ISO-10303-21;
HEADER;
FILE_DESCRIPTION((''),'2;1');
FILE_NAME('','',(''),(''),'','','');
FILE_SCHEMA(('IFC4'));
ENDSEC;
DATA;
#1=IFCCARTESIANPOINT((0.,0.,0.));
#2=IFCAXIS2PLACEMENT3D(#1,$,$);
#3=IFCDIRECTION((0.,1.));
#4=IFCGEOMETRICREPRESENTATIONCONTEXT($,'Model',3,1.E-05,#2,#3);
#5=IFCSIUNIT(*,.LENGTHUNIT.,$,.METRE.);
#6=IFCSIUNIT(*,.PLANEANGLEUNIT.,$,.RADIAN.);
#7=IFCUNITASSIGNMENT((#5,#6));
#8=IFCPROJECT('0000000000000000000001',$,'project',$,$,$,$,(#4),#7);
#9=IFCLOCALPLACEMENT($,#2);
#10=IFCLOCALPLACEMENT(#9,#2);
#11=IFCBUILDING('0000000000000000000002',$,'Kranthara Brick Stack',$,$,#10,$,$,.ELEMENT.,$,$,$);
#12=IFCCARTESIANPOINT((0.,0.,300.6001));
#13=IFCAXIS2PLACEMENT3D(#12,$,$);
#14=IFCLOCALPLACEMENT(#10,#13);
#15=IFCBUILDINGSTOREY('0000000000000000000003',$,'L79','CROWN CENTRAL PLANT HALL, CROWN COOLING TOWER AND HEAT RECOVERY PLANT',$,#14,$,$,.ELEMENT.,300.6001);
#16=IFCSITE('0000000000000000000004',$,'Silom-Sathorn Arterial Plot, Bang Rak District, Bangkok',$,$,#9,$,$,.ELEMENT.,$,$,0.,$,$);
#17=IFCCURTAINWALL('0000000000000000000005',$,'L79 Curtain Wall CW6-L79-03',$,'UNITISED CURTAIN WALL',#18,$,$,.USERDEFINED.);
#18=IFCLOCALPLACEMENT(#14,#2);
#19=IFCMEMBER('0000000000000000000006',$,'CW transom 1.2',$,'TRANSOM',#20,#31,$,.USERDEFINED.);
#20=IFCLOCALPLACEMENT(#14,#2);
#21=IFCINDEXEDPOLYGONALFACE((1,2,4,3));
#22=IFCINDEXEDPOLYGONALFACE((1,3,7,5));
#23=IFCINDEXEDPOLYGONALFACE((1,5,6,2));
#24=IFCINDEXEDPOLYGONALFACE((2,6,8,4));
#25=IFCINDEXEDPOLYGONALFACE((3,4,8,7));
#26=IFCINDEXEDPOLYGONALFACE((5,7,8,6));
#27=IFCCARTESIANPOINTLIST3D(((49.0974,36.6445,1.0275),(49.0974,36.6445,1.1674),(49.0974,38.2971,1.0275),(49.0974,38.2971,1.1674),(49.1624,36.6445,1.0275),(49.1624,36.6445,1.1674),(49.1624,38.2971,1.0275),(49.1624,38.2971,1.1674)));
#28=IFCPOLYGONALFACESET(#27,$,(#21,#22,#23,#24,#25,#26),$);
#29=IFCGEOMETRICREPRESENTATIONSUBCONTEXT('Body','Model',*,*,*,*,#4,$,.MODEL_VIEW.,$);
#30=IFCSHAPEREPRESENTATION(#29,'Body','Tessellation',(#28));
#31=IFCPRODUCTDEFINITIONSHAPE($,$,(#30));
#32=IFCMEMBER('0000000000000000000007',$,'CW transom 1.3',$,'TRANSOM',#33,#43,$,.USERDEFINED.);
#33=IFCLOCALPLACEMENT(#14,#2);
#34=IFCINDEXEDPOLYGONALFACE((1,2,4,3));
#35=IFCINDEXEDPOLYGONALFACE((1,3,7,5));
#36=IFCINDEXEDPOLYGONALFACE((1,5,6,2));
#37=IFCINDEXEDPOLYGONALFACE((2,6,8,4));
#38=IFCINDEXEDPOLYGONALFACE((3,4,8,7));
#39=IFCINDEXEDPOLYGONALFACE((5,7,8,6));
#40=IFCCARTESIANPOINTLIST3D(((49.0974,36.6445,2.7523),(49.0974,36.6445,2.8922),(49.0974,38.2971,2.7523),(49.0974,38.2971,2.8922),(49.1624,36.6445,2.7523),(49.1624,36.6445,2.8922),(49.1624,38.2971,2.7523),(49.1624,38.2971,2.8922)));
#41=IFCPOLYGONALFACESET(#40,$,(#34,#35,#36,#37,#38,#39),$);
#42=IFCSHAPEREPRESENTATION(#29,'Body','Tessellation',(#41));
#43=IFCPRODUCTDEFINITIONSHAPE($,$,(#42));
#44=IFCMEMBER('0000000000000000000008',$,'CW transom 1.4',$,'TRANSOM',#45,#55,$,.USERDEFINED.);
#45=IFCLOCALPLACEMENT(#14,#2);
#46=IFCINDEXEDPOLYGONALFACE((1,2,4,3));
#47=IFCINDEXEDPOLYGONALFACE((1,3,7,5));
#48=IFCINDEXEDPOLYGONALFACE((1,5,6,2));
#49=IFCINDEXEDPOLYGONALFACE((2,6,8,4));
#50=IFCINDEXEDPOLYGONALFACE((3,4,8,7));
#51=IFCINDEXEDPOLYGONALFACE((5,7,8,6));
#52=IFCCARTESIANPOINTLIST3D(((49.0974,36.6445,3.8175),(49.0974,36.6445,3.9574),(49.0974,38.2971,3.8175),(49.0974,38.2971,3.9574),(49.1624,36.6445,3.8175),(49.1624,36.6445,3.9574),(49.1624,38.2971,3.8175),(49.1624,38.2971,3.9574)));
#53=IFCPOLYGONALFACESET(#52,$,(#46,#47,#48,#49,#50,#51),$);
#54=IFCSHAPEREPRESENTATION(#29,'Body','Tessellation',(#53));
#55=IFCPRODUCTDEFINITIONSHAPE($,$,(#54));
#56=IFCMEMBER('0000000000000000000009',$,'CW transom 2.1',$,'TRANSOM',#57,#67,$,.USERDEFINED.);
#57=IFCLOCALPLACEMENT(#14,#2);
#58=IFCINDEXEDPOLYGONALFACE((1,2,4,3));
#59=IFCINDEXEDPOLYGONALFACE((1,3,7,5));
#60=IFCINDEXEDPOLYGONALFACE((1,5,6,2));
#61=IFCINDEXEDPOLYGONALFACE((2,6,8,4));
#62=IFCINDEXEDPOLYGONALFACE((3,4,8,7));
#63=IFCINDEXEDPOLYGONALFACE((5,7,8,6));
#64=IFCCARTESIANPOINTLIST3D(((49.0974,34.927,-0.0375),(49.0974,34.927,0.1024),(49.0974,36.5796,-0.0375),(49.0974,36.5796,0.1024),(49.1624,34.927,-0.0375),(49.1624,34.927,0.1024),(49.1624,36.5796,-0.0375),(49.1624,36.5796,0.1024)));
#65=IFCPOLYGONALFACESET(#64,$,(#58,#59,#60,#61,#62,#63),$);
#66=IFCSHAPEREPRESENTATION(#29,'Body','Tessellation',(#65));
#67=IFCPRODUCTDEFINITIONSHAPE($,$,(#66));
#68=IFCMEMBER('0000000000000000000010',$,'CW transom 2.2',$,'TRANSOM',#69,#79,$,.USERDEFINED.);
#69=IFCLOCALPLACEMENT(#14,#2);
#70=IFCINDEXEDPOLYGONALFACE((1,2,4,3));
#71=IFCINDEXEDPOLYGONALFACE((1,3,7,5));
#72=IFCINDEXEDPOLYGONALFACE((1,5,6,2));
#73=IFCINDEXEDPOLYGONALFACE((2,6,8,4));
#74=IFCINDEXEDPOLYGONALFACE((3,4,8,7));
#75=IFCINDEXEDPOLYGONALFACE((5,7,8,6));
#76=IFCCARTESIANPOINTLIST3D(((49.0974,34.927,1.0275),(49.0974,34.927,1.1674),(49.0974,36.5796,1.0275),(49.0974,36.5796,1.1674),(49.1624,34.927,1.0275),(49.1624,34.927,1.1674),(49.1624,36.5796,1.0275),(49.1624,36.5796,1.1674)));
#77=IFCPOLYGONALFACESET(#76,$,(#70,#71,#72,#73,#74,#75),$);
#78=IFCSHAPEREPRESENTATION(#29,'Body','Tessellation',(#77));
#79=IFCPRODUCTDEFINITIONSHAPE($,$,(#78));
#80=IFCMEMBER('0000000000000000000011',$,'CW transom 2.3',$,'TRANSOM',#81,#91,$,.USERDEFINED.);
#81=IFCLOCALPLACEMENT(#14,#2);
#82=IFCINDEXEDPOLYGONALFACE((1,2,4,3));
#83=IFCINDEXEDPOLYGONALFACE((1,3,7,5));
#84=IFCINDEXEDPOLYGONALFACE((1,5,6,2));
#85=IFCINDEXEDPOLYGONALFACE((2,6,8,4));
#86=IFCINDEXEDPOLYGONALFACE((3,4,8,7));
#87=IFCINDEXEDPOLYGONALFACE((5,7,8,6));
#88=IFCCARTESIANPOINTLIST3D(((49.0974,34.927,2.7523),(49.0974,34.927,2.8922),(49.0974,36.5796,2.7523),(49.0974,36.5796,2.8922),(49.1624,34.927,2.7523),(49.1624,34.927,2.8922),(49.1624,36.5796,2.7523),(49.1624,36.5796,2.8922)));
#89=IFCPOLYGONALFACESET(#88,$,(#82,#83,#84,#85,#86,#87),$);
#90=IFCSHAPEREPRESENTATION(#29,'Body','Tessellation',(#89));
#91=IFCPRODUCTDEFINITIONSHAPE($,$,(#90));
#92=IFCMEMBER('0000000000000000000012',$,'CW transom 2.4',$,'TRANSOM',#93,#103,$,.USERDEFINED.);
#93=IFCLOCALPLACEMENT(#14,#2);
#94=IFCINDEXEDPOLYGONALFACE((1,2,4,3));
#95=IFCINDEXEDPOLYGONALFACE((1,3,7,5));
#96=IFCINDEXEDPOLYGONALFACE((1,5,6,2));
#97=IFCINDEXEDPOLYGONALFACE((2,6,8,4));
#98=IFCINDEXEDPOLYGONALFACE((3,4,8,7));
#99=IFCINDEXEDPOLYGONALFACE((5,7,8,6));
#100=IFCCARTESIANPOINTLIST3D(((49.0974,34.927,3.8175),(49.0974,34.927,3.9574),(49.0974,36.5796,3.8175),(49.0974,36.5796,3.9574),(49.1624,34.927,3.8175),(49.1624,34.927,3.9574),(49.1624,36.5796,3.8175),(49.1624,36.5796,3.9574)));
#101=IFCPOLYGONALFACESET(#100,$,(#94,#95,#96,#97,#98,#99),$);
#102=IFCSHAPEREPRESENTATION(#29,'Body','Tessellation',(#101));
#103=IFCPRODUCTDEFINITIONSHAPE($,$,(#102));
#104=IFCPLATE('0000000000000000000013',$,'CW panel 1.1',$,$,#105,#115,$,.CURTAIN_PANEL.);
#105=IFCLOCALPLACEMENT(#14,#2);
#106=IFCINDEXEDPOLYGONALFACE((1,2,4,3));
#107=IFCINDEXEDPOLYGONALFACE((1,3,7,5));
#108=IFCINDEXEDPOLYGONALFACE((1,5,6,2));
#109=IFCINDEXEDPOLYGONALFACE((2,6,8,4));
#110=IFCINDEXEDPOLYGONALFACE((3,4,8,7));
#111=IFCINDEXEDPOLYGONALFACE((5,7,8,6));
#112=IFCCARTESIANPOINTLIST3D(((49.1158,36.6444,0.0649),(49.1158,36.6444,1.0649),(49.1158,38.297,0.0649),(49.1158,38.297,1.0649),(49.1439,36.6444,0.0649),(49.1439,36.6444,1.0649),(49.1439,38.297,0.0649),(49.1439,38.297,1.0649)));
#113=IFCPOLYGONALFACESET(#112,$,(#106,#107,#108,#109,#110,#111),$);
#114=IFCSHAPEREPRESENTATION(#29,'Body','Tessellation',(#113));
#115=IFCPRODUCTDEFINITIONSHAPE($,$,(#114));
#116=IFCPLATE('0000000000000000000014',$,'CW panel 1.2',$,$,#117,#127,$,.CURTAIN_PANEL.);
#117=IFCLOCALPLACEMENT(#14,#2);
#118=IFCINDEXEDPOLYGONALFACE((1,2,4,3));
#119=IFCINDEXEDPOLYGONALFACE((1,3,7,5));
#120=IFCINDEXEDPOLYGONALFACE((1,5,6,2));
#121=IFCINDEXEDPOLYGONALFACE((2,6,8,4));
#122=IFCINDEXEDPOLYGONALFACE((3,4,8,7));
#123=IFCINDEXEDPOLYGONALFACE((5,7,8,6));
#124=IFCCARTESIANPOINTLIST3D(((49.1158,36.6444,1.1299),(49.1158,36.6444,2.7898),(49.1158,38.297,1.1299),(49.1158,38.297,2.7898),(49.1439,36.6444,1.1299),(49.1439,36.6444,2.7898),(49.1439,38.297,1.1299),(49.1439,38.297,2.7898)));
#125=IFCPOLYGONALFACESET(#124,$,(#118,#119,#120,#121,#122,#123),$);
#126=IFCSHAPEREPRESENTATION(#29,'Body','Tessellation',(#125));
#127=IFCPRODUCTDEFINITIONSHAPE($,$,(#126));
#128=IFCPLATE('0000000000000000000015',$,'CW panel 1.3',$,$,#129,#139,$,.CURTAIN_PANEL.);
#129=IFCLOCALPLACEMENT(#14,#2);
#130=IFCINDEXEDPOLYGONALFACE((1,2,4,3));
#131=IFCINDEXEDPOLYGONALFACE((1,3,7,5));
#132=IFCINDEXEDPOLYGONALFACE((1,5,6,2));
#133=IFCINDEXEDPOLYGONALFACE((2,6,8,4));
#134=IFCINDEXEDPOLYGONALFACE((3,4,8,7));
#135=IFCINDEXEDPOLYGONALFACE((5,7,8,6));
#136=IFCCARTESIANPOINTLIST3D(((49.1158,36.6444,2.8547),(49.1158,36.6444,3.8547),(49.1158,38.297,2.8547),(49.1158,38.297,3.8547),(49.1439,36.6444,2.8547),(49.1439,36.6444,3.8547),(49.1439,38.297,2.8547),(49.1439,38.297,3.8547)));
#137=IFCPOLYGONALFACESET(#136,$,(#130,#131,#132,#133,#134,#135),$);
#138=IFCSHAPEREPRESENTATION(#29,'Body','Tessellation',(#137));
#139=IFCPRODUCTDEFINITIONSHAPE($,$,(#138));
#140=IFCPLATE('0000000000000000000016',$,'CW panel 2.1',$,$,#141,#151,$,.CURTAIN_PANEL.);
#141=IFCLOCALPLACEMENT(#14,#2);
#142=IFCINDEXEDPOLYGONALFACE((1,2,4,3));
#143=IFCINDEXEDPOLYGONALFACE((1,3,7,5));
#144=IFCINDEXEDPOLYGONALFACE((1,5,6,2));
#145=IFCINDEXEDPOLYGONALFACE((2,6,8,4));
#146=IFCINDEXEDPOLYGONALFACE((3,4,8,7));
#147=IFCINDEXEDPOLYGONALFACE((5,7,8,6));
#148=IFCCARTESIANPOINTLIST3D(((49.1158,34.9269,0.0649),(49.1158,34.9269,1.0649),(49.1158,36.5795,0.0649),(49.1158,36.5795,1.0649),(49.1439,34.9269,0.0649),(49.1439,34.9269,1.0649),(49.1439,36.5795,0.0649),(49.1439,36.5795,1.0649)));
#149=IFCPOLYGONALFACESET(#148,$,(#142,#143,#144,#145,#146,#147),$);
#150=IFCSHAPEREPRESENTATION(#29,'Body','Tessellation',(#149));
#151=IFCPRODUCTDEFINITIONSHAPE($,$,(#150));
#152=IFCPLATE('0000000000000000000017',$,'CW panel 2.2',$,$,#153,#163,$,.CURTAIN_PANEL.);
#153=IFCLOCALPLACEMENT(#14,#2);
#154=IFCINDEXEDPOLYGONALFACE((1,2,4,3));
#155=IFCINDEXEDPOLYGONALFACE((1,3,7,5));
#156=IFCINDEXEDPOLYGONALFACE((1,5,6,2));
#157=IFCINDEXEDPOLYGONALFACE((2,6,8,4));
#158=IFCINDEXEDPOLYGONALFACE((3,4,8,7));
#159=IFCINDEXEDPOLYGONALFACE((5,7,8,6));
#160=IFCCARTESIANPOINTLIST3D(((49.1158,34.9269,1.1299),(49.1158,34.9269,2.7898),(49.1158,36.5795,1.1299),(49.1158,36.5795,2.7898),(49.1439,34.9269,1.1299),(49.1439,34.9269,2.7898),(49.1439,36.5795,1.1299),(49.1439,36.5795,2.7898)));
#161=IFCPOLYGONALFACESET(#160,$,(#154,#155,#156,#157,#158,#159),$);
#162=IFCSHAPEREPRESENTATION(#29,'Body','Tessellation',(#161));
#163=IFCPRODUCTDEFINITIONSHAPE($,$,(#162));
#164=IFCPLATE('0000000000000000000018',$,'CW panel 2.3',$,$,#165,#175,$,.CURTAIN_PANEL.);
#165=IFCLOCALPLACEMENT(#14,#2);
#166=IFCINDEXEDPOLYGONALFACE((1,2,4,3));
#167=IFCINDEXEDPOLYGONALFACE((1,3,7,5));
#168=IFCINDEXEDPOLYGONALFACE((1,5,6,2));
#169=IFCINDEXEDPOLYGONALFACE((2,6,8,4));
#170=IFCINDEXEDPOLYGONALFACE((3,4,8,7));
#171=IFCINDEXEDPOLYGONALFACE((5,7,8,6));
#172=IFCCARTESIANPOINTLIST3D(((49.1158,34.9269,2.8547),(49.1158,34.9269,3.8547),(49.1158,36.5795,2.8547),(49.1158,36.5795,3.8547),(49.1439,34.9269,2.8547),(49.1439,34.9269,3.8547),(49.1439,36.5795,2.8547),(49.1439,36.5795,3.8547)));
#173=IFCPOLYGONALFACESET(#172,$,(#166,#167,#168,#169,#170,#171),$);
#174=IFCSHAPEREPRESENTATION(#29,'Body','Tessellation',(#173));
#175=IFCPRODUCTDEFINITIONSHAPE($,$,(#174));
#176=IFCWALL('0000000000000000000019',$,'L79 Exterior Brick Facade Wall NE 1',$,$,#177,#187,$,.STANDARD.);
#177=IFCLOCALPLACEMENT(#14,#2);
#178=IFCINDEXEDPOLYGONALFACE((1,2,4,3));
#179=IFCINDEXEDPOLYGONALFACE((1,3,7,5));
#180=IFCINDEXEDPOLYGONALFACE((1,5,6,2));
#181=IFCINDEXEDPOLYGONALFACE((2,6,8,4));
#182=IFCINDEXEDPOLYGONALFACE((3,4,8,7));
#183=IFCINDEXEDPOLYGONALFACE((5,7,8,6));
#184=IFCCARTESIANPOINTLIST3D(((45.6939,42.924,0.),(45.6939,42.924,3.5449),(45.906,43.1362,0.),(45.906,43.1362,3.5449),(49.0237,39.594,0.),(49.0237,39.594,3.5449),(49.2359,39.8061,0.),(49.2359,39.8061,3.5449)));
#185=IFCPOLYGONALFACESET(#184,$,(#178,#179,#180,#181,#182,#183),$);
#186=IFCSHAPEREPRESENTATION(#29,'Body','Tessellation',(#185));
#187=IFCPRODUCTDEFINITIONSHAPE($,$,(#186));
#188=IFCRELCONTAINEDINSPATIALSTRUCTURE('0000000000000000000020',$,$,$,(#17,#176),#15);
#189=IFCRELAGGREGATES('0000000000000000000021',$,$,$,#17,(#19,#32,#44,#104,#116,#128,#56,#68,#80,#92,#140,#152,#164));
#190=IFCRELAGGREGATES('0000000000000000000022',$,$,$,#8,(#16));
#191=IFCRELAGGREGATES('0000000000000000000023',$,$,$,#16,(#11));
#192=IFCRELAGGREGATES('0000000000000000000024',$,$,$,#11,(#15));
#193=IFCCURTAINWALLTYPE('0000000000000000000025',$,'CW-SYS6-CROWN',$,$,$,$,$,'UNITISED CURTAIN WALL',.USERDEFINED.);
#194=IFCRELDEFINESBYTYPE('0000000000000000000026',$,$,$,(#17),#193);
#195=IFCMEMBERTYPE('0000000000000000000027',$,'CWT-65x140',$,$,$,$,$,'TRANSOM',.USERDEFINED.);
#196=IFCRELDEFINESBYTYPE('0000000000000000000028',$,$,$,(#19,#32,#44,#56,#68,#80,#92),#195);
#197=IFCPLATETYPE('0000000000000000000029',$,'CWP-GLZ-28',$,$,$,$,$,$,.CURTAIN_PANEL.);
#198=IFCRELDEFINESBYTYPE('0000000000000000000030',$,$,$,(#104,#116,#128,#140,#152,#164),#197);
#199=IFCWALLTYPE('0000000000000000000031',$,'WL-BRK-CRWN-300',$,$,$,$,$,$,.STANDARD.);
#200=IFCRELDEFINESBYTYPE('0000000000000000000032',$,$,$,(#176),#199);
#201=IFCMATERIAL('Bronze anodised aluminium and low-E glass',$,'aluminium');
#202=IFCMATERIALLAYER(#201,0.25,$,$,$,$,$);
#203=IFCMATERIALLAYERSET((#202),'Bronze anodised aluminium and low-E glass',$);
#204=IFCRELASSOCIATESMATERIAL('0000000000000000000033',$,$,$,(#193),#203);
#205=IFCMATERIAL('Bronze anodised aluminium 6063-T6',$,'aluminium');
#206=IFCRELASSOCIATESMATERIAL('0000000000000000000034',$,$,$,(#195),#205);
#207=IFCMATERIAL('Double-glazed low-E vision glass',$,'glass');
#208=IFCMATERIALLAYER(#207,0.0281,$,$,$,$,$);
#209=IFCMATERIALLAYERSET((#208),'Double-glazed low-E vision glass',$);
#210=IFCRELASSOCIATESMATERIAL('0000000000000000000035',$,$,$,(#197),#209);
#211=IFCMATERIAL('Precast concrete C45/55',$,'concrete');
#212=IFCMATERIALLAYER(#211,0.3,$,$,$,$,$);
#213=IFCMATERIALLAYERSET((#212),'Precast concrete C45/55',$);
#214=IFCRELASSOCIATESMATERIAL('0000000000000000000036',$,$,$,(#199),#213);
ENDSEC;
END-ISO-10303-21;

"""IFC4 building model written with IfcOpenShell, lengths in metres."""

from ifc_helpers import new_model, si_unit, direction, frame, frame_2d, origin, origin_2d, place, context, subcontext, project, spatial, rectangle, extrude, material, layer, layer_set, material_profile, profile_set, type_object, element, aggregate, save


model = new_model("IFC4")

# Units and contexts
model_context = context("Model", 3, precision=1e-05, world=origin(), true_north=direction((0.0, 1.0)))
body_context = subcontext(model_context, "Body", "Model", "MODEL_VIEW")
ifc_project = project(units=[si_unit("LENGTHUNIT", "METRE"), si_unit("PLANEANGLEUNIT", "RADIAN")], contexts=[model_context])

# Site, building, storey
site_placement = place(None, origin())
site = spatial("IfcSite", under=ifc_project, at=site_placement, Name="Silom-Sathorn Arterial Plot, Bang Rak District, Bangkok", CompositionType="ELEMENT", RefElevation=0.0)
building_placement = place(site_placement, origin())
building = spatial("IfcBuilding", under=site, at=building_placement, Name="Kranthara Brick Stack", CompositionType="ELEMENT")
storey_placement = place(building_placement, frame((0.0, 0.0, 300.6001)))
storey = spatial("IfcBuildingStorey", under=building, at=storey_placement, Name="L79", Description="CROWN CENTRAL PLANT HALL, CROWN COOLING TOWER AND HEAT RECOVERY PLANT", CompositionType="ELEMENT", Elevation=300.6001)

# Curtain wall, members, plates
ifc_material_1 = material(Name="Bronze anodised aluminium and low-E glass", Category="aluminium")
ifc_layer_1 = layer(ifc_material_1, 0.25)
ifc_layer_set_1 = layer_set([ifc_layer_1], Name="Bronze anodised aluminium and low-E glass")
curtain_wall_type = type_object("IfcCurtainWallType", Name="CW-SYS6-CROWN", ElementType="UNITISED CURTAIN WALL", PredefinedType="USERDEFINED", material=ifc_layer_set_1)
curtain_wall_placement = place(storey_placement, origin())
curtain_wall = element("IfcCurtainWall", 1, at=curtain_wall_placement, inside=storey, type_object=curtain_wall_type, Name="L79 Curtain Wall CW6-L79-03", ObjectType="UNITISED CURTAIN WALL", PredefinedType="USERDEFINED")
ifc_material_2 = material(Name="Bronze anodised aluminium 6063-T6", Category="aluminium")
ifc_material_profile_1 = material_profile(ifc_material_2, rectangle(XDim=0.0649, YDim=0.1399, at=origin_2d()), Name="ALU TRANSOM 65x140")
ifc_profile_set_1 = profile_set([ifc_material_profile_1], Name="Bronze anodised aluminium 6063-T6")
member_type_1 = type_object("IfcMemberType", Name="CWT-65x140", ElementType="TRANSOM", PredefinedType="USERDEFINED", material=ifc_profile_set_1)
member_1_placement = place(storey_placement, frame((49.1299, 38.2971, 1.0974), z_axis=(0.0, -1.0, 0.0), x_axis=(1.0, 0.0, 0.0)))
member_1 = element("IfcMember", 2, at=member_1_placement, type_object=member_type_1, Name="CW transom 1.2", ObjectType="TRANSOM", PredefinedType="USERDEFINED", context=body_context, shape_type="SweptSolid", body=[
    extrude(rectangle(XDim=0.0649, YDim=0.1399, at=origin_2d()), origin(), (0.0, 0.0, 1.0), 1.6526),
])
member_2_placement = place(storey_placement, frame((49.1299, 38.2971, 2.8223), z_axis=(0.0, -1.0, 0.0), x_axis=(1.0, 0.0, 0.0)))
member_2 = element("IfcMember", 3, at=member_2_placement, type_object=member_type_1, Name="CW transom 1.3", ObjectType="TRANSOM", PredefinedType="USERDEFINED", context=body_context, shape_type="SweptSolid", body=[
    extrude(rectangle(XDim=0.0649, YDim=0.1399, at=origin_2d()), origin(), (0.0, 0.0, 1.0), 1.6526),
])
member_3_placement = place(storey_placement, frame((49.1299, 38.2971, 3.8875), z_axis=(0.0, -1.0, 0.0), x_axis=(1.0, 0.0, 0.0)))
member_3 = element("IfcMember", 4, at=member_3_placement, type_object=member_type_1, Name="CW transom 1.4", ObjectType="TRANSOM", PredefinedType="USERDEFINED", context=body_context, shape_type="SweptSolid", body=[
    extrude(rectangle(XDim=0.0649, YDim=0.1399, at=origin_2d()), origin(), (0.0, 0.0, 1.0), 1.6526),
])
member_4_placement = place(storey_placement, frame((49.1299, 36.5796, 0.0325), z_axis=(0.0, -1.0, 0.0), x_axis=(1.0, 0.0, 0.0)))
member_4 = element("IfcMember", 5, at=member_4_placement, type_object=member_type_1, Name="CW transom 2.1", ObjectType="TRANSOM", PredefinedType="USERDEFINED", context=body_context, shape_type="SweptSolid", body=[
    extrude(rectangle(XDim=0.0649, YDim=0.1399, at=origin_2d()), origin(), (0.0, 0.0, 1.0), 1.6526),
])
member_5_placement = place(storey_placement, frame((49.1299, 36.5796, 1.0974), z_axis=(0.0, -1.0, 0.0), x_axis=(1.0, 0.0, 0.0)))
member_5 = element("IfcMember", 6, at=member_5_placement, type_object=member_type_1, Name="CW transom 2.2", ObjectType="TRANSOM", PredefinedType="USERDEFINED", context=body_context, shape_type="SweptSolid", body=[
    extrude(rectangle(XDim=0.0649, YDim=0.1399, at=origin_2d()), origin(), (0.0, 0.0, 1.0), 1.6526),
])
member_6_placement = place(storey_placement, frame((49.1299, 36.5796, 2.8223), z_axis=(0.0, -1.0, 0.0), x_axis=(1.0, 0.0, 0.0)))
member_6 = element("IfcMember", 7, at=member_6_placement, type_object=member_type_1, Name="CW transom 2.3", ObjectType="TRANSOM", PredefinedType="USERDEFINED", context=body_context, shape_type="SweptSolid", body=[
    extrude(rectangle(XDim=0.0649, YDim=0.1399, at=origin_2d()), origin(), (0.0, 0.0, 1.0), 1.6526),
])
member_7_placement = place(storey_placement, frame((49.1299, 36.5796, 3.8875), z_axis=(0.0, -1.0, 0.0), x_axis=(1.0, 0.0, 0.0)))
member_7 = element("IfcMember", 8, at=member_7_placement, type_object=member_type_1, Name="CW transom 2.4", ObjectType="TRANSOM", PredefinedType="USERDEFINED", context=body_context, shape_type="SweptSolid", body=[
    extrude(rectangle(XDim=0.0649, YDim=0.1399, at=origin_2d()), origin(), (0.0, 0.0, 1.0), 1.6526),
])
ifc_material_3 = material(Name="Double-glazed low-E vision glass", Category="glass")
ifc_layer_2 = layer(ifc_material_3, 0.0281)
ifc_layer_set_2 = layer_set([ifc_layer_2], Name="Double-glazed low-E vision glass")
plate_type = type_object("IfcPlateType", Name="CWP-GLZ-28", PredefinedType="CURTAIN_PANEL", material=ifc_layer_set_2)
plate_1_placement = place(storey_placement, frame((49.1299, 37.4707, 0.0649), z_axis=(0.0, 0.0, 1.0), x_axis=(0.0, -1.0, 0.0)))
plate_1 = element("IfcPlate", 9, at=plate_1_placement, type_object=plate_type, Name="CW panel 1.1", PredefinedType="CURTAIN_PANEL", context=body_context, shape_type="SweptSolid", body=[
    extrude(rectangle(XDim=1.6526, YDim=0.0281, at=origin_2d()), origin(), (0.0, 0.0, 1.0), 1.0),
])
plate_2_placement = place(storey_placement, frame((49.1299, 37.4707, 1.1299), z_axis=(0.0, 0.0, 1.0), x_axis=(0.0, -1.0, 0.0)))
plate_2 = element("IfcPlate", 10, at=plate_2_placement, type_object=plate_type, Name="CW panel 1.2", PredefinedType="CURTAIN_PANEL", context=body_context, shape_type="SweptSolid", body=[
    extrude(rectangle(XDim=1.6526, YDim=0.0281, at=origin_2d()), origin(), (0.0, 0.0, 1.0), 1.6599),
])
plate_3_placement = place(storey_placement, frame((49.1299, 37.4707, 2.8547), z_axis=(0.0, 0.0, 1.0), x_axis=(0.0, -1.0, 0.0)))
plate_3 = element("IfcPlate", 11, at=plate_3_placement, type_object=plate_type, Name="CW panel 1.3", PredefinedType="CURTAIN_PANEL", context=body_context, shape_type="SweptSolid", body=[
    extrude(rectangle(XDim=1.6526, YDim=0.0281, at=origin_2d()), origin(), (0.0, 0.0, 1.0), 1.0),
])
plate_4_placement = place(storey_placement, frame((49.1299, 35.7532, 0.0649), z_axis=(0.0, 0.0, 1.0), x_axis=(0.0, -1.0, 0.0)))
plate_4 = element("IfcPlate", 12, at=plate_4_placement, type_object=plate_type, Name="CW panel 2.1", PredefinedType="CURTAIN_PANEL", context=body_context, shape_type="SweptSolid", body=[
    extrude(rectangle(XDim=1.6526, YDim=0.0281, at=origin_2d()), origin(), (0.0, 0.0, 1.0), 1.0),
])
plate_5_placement = place(storey_placement, frame((49.1299, 35.7532, 1.1299), z_axis=(0.0, 0.0, 1.0), x_axis=(0.0, -1.0, 0.0)))
plate_5 = element("IfcPlate", 13, at=plate_5_placement, type_object=plate_type, Name="CW panel 2.2", PredefinedType="CURTAIN_PANEL", context=body_context, shape_type="SweptSolid", body=[
    extrude(rectangle(XDim=1.6526, YDim=0.0281, at=origin_2d()), origin(), (0.0, 0.0, 1.0), 1.6599),
])
plate_6_placement = place(storey_placement, frame((49.1299, 35.7532, 2.8547), z_axis=(0.0, 0.0, 1.0), x_axis=(0.0, -1.0, 0.0)))
plate_6 = element("IfcPlate", 14, at=plate_6_placement, type_object=plate_type, Name="CW panel 2.3", PredefinedType="CURTAIN_PANEL", context=body_context, shape_type="SweptSolid", body=[
    extrude(rectangle(XDim=1.6526, YDim=0.0281, at=origin_2d()), origin(), (0.0, 0.0, 1.0), 1.0),
])
aggregate(curtain_wall, [member_1, member_2, member_3, plate_1, plate_2, plate_3, member_4, member_5, member_6, member_7, plate_4, plate_5, plate_6])

# Wall
ifc_material_4 = material(Name="Precast concrete C45/55", Category="concrete")
ifc_layer_3 = layer(ifc_material_4, 0.3)
ifc_layer_set_3 = layer_set([ifc_layer_3], Name="Precast concrete C45/55")
wall_type = type_object("IfcWallType", Name="WL-BRK-CRWN-300", PredefinedType="STANDARD", material=ifc_layer_set_3)
wall_1_placement = place(storey_placement, frame((45.8, 43.03, 0.0), z_axis=(0.0, 0.0, 1.0), x_axis=(0.707081, -0.707133, 0.0)))
element("IfcWall", 15, at=wall_1_placement, inside=storey, type_object=wall_type, Name="L79 Exterior Brick Facade Wall NE 1", PredefinedType="STANDARD", context=body_context, shape_type="SweptSolid", body=[
    extrude(rectangle(XDim=4.7092, YDim=0.3, at=frame_2d((2.3545, 0.0))), origin(), (0.0, 0.0, 1.0), 3.5449),
])

save(model, "model.ifc")
